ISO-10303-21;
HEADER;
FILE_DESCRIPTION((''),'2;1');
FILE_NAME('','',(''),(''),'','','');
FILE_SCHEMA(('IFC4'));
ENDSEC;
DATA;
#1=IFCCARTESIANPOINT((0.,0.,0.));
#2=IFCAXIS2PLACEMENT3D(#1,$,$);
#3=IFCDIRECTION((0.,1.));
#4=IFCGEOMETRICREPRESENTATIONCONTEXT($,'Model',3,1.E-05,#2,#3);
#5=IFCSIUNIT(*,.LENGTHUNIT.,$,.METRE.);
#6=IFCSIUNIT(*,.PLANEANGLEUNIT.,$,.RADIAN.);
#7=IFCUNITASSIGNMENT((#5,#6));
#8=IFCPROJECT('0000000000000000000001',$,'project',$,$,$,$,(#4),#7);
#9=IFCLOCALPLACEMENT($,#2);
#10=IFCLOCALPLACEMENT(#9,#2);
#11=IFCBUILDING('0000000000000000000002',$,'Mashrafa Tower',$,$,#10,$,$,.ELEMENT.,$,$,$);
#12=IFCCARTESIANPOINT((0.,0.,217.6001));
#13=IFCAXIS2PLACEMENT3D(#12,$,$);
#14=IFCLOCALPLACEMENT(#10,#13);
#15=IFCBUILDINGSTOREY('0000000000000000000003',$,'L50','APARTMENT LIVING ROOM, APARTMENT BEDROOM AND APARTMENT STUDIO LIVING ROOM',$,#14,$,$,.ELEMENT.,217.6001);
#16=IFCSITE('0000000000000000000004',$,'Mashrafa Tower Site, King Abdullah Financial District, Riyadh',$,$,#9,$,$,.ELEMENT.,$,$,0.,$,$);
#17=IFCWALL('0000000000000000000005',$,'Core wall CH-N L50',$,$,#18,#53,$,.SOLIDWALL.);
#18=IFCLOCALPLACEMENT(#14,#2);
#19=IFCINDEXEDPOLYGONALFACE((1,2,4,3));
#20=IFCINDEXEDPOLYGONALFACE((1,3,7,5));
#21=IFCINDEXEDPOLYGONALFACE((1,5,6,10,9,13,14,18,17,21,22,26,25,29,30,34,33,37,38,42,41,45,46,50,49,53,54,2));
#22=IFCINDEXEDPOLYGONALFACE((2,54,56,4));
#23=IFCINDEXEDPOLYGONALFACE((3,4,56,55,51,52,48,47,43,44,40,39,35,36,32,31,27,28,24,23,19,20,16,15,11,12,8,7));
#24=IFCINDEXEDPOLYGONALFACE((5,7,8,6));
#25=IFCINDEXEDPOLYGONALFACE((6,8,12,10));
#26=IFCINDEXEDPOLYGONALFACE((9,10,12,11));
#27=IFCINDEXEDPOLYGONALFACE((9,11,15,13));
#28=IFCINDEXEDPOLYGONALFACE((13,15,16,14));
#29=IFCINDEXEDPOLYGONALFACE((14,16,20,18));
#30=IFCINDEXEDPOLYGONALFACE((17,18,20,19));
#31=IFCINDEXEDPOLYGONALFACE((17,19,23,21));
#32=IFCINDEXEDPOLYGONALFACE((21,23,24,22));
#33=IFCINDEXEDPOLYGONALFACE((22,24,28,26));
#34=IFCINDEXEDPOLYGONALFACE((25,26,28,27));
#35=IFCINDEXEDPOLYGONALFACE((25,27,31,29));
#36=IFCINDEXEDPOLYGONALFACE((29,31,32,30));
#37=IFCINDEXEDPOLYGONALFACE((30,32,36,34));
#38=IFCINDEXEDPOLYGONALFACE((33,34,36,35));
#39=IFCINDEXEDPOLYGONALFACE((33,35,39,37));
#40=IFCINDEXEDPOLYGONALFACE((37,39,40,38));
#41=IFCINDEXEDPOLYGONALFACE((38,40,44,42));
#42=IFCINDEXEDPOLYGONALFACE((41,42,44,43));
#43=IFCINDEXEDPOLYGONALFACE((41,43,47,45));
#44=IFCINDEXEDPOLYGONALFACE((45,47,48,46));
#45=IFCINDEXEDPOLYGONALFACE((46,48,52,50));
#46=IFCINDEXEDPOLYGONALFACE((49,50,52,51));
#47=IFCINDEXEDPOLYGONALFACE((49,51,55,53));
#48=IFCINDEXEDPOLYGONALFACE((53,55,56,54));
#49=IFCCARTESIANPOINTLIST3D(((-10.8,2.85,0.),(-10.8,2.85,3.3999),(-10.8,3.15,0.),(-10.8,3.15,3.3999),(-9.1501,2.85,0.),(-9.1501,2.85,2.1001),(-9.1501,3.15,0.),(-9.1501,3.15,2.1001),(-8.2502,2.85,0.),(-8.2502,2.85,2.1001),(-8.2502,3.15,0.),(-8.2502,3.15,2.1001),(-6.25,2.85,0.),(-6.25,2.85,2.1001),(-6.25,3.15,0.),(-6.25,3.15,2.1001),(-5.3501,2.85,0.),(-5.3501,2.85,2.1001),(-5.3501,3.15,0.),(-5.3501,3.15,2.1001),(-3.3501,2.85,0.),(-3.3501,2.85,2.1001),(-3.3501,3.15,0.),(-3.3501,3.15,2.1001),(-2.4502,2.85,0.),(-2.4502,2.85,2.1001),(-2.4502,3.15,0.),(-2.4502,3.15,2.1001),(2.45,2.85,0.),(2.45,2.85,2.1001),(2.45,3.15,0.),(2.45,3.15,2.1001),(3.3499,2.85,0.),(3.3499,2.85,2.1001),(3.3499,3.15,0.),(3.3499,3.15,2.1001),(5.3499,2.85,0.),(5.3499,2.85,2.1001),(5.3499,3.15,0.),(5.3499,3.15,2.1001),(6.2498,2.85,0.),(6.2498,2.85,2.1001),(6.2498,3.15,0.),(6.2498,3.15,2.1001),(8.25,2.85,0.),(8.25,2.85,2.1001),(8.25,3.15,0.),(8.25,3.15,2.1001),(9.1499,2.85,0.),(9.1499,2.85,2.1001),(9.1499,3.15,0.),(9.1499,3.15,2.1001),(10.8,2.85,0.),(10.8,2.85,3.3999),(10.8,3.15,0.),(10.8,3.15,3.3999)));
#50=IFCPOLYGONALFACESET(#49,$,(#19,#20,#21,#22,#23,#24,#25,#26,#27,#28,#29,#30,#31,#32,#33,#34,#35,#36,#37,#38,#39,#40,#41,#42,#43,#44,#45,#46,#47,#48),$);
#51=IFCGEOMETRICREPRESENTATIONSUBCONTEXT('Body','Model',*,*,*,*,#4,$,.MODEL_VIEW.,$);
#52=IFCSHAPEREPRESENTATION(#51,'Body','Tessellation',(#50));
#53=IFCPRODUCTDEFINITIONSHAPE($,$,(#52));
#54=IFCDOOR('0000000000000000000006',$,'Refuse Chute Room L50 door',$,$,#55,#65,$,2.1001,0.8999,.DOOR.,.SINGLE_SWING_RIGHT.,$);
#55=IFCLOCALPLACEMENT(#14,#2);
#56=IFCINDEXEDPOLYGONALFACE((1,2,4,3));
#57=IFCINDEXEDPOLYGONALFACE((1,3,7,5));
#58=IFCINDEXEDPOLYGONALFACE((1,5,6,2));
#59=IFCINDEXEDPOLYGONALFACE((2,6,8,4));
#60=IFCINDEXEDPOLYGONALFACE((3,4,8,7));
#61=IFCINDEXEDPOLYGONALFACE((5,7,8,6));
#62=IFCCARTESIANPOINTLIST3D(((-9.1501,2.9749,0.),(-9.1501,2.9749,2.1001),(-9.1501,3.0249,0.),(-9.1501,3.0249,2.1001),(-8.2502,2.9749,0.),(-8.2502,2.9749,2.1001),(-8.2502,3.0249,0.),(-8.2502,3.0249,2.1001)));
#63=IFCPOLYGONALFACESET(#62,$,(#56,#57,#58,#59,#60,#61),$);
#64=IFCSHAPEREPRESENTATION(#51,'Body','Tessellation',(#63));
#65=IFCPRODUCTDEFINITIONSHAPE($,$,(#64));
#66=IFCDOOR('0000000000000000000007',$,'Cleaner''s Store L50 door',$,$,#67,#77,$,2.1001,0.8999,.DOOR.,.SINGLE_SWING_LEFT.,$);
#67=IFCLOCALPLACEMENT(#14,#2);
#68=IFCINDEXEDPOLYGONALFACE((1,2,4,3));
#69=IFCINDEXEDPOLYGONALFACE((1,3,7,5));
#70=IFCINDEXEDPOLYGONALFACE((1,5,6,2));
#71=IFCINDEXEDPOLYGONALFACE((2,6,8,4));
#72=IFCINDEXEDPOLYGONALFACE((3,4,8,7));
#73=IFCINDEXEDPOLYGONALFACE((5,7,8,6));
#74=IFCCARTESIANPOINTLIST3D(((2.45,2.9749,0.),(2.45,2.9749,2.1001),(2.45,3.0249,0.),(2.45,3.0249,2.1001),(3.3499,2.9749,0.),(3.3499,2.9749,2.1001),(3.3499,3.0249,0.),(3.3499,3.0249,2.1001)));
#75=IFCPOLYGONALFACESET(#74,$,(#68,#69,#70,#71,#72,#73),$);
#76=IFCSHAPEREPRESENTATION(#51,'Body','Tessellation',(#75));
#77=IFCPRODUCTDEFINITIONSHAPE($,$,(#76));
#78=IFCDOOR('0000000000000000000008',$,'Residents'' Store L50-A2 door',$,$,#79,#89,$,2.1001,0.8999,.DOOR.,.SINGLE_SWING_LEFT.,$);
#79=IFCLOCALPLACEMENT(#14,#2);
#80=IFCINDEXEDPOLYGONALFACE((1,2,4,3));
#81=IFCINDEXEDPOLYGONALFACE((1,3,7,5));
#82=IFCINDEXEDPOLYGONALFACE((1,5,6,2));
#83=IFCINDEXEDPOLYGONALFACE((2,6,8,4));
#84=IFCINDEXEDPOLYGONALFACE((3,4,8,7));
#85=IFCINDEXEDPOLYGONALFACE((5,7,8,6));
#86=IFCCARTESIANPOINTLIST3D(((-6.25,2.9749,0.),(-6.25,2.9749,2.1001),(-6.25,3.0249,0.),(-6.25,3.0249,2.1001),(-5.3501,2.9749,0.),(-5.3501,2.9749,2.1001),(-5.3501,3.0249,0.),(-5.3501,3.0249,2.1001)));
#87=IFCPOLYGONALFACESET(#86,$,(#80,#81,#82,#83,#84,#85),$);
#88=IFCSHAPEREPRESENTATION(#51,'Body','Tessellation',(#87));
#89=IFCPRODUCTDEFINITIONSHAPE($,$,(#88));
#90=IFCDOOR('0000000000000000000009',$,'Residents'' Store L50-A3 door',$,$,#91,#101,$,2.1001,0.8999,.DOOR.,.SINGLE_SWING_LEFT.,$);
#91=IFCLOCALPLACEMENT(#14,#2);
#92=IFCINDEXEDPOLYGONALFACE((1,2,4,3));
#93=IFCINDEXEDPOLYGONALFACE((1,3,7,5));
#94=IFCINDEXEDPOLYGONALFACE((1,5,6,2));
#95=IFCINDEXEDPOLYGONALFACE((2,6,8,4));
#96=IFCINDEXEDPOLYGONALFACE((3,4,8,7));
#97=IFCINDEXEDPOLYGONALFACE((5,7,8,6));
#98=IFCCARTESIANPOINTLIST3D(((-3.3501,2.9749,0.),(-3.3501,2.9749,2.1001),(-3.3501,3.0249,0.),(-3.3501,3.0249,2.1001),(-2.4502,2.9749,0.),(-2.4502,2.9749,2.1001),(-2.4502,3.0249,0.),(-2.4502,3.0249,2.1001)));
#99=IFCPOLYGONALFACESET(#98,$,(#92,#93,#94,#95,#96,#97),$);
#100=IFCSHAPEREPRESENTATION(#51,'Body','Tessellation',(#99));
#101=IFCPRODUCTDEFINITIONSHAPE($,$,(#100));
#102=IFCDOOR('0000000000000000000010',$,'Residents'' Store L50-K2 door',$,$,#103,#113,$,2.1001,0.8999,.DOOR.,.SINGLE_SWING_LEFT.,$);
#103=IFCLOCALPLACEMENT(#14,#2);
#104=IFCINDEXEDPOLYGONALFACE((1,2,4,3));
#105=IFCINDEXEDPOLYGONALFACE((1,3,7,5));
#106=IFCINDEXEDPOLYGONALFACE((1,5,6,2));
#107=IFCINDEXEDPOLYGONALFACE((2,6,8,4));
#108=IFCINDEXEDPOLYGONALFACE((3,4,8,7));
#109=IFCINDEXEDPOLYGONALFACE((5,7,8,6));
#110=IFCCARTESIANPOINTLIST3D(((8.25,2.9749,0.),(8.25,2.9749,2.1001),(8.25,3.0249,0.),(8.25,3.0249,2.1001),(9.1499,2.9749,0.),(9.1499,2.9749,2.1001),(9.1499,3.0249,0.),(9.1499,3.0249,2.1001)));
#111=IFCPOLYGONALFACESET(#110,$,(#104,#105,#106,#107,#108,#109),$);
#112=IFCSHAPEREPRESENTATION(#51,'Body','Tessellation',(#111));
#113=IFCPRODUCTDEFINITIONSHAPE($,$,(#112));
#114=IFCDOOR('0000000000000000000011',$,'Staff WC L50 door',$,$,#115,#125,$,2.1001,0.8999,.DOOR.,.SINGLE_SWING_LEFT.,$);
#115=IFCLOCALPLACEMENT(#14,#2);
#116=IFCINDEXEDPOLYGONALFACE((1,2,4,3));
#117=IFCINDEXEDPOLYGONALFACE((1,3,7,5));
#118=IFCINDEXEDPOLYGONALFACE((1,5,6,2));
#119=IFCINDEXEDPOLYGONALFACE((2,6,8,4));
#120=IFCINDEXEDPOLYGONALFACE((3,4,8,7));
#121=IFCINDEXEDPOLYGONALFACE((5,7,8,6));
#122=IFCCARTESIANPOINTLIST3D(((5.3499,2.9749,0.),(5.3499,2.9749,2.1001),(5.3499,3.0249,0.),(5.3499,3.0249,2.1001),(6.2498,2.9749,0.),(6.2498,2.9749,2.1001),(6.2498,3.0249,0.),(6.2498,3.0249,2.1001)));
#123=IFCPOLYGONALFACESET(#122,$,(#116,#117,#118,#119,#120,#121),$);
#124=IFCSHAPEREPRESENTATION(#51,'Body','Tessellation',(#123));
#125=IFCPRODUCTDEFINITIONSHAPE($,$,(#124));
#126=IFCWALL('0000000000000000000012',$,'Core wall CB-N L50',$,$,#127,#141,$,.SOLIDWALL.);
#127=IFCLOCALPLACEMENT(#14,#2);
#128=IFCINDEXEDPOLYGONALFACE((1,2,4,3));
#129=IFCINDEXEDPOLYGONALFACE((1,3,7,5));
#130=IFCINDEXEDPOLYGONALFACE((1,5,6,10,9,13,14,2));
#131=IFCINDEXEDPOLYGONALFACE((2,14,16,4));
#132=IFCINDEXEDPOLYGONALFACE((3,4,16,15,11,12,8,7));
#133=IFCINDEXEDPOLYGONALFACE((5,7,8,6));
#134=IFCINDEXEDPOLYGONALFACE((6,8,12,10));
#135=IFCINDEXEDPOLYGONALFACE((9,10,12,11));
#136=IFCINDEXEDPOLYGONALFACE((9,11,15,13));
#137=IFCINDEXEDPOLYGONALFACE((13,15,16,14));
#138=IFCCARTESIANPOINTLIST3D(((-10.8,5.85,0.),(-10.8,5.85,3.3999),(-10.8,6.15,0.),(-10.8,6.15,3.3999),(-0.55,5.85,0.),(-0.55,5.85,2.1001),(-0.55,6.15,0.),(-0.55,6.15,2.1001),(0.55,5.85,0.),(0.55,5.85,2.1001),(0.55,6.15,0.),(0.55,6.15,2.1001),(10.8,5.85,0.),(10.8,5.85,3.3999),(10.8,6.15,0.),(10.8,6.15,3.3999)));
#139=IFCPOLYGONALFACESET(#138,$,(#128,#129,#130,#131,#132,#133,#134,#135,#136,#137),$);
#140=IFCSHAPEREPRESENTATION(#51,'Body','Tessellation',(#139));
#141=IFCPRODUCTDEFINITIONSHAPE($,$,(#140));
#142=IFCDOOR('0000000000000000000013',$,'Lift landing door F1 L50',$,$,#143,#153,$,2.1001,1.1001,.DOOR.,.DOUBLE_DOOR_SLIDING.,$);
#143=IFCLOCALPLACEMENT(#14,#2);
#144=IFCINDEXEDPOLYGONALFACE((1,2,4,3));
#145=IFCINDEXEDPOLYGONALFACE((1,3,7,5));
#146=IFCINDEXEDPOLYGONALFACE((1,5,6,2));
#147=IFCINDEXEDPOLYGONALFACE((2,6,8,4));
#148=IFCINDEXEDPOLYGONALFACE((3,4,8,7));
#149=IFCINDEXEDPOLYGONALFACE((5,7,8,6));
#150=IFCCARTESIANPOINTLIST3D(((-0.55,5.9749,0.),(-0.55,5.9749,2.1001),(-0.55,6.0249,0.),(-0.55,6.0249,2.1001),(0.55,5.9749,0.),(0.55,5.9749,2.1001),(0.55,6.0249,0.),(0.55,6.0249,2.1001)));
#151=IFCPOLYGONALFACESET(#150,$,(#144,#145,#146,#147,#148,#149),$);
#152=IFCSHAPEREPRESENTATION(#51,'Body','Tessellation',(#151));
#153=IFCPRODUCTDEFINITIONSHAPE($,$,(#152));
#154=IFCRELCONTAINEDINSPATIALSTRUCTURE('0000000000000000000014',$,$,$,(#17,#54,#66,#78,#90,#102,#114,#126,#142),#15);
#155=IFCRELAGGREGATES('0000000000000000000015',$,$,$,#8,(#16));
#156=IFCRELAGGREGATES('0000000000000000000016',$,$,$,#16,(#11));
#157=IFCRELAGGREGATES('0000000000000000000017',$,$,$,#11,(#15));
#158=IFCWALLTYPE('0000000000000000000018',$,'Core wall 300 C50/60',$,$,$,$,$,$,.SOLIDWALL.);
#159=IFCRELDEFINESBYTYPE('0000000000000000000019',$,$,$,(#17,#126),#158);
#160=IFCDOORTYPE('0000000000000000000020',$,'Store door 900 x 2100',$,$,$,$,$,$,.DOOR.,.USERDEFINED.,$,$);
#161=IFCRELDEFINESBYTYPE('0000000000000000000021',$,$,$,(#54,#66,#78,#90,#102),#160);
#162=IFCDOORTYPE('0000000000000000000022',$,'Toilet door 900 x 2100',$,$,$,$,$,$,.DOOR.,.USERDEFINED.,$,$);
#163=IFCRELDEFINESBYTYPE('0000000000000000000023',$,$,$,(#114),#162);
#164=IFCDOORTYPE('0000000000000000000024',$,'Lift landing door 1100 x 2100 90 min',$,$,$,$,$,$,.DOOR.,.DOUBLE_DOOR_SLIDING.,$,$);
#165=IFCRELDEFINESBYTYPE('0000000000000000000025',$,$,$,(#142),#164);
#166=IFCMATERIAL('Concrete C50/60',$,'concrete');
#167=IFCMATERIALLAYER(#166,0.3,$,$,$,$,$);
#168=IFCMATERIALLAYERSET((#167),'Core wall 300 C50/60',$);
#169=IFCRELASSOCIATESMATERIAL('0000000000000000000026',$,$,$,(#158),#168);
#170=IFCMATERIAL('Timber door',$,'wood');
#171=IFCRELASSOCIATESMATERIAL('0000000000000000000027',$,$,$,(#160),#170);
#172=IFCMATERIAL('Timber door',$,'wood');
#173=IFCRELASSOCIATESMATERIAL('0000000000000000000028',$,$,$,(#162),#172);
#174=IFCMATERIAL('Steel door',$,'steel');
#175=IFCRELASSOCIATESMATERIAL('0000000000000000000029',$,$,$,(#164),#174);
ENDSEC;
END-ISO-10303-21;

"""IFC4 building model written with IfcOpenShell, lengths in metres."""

from ifc_helpers import new_model, si_unit, direction, frame, frame_2d, origin, place, context, subcontext, project, spatial, rectangle, extrude, material, layer, layer_set, type_object, element, fill, save


model = new_model("IFC4")

# Units and contexts
model_context = context("Model", 3, precision=1e-05, world=origin(), true_north=direction((0.0, 1.0)))
body_context = subcontext(model_context, "Body", "Model", "MODEL_VIEW")
ifc_project = project(units=[si_unit("LENGTHUNIT", "METRE"), si_unit("PLANEANGLEUNIT", "RADIAN")], contexts=[model_context])

# Site, building, storey
site_placement = place(None, origin())
site = spatial("IfcSite", under=ifc_project, at=site_placement, Name="Mashrafa Tower Site, King Abdullah Financial District, Riyadh", CompositionType="ELEMENT", RefElevation=0.0)
building_placement = place(site_placement, origin())
building = spatial("IfcBuilding", under=site, at=building_placement, Name="Mashrafa Tower", CompositionType="ELEMENT")
storey_placement = place(building_placement, frame((0.0, 0.0, 217.6001)))
storey = spatial("IfcBuildingStorey", under=building, at=storey_placement, Name="L50", Description="APARTMENT LIVING ROOM, APARTMENT BEDROOM AND APARTMENT STUDIO LIVING ROOM", CompositionType="ELEMENT", Elevation=217.6001)

# Wall, openings, doors
ifc_material_1 = material(Name="Concrete C50/60", Category="concrete")
ifc_layer_1 = layer(ifc_material_1, 0.3)
ifc_layer_set_1 = layer_set([ifc_layer_1], Name="Core wall 300 C50/60")
wall_type_1 = type_object("IfcWallType", Name="Core wall 300 C50/60", PredefinedType="SOLIDWALL", material=ifc_layer_set_1)
wall_1_placement = place(storey_placement, frame((-10.8, 3.0, 0.0), z_axis=(0.0, 0.0, 1.0), x_axis=(1.0, 0.0, 0.0)))
wall_1 = element("IfcWall", 1, at=wall_1_placement, inside=storey, type_object=wall_type_1, Name="Core wall CH-N L50", PredefinedType="SOLIDWALL", context=body_context, shape_type="SweptSolid", body=[
    extrude(rectangle(XDim=21.6001, YDim=0.3, at=frame_2d((10.8, 0.0))), origin(), (0.0, 0.0, 1.0), 3.3999),
])
opening_1_placement = place(wall_1_placement, frame((1.6499, 0.0, 0.0)))
opening_1 = element("IfcOpeningElement", 2, at=opening_1_placement, cuts=wall_1, PredefinedType="OPENING", context=body_context, shape_type="SweptSolid", body=[
    extrude(rectangle(XDim=0.8999, YDim=2.1001, at=frame_2d((0.45, 1.05))), frame((0.0, 0.1599, 0.0), z_axis=(0.0, -1.0, 0.0), x_axis=(1.0, 0.0, 0.0)), (0.0, 0.0, 1.0), 0.3201),
])
opening_2_placement = place(wall_1_placement, frame((13.25, 0.0, 0.0)))
opening_2 = element("IfcOpeningElement", 3, at=opening_2_placement, cuts=wall_1, PredefinedType="OPENING", context=body_context, shape_type="SweptSolid", body=[
    extrude(rectangle(XDim=0.8999, YDim=2.1001, at=frame_2d((0.45, 1.05))), frame((0.0, 0.1599, 0.0), z_axis=(0.0, -1.0, 0.0), x_axis=(1.0, 0.0, 0.0)), (0.0, 0.0, 1.0), 0.3201),
])
opening_3_placement = place(wall_1_placement, frame((16.1499, 0.0, 0.0)))
opening_3 = element("IfcOpeningElement", 4, at=opening_3_placement, cuts=wall_1, PredefinedType="OPENING", context=body_context, shape_type="SweptSolid", body=[
    extrude(rectangle(XDim=0.8999, YDim=2.1001, at=frame_2d((0.45, 1.05))), frame((0.0, 0.1599, 0.0), z_axis=(0.0, -1.0, 0.0), x_axis=(1.0, 0.0, 0.0)), (0.0, 0.0, 1.0), 0.3201),
])
opening_4_placement = place(wall_1_placement, frame((4.55, 0.0, 0.0)))
opening_4 = element("IfcOpeningElement", 5, at=opening_4_placement, cuts=wall_1, PredefinedType="OPENING", context=body_context, shape_type="SweptSolid", body=[
    extrude(rectangle(XDim=0.8999, YDim=2.1001, at=frame_2d((0.45, 1.05))), frame((0.0, 0.1599, 0.0), z_axis=(0.0, -1.0, 0.0), x_axis=(1.0, 0.0, 0.0)), (0.0, 0.0, 1.0), 0.3201),
])
opening_5_placement = place(wall_1_placement, frame((7.45, 0.0, 0.0)))
opening_5 = element("IfcOpeningElement", 6, at=opening_5_placement, cuts=wall_1, PredefinedType="OPENING", context=body_context, shape_type="SweptSolid", body=[
    extrude(rectangle(XDim=0.8999, YDim=2.1001, at=frame_2d((0.45, 1.05))), frame((0.0, 0.1599, 0.0), z_axis=(0.0, -1.0, 0.0), x_axis=(1.0, 0.0, 0.0)), (0.0, 0.0, 1.0), 0.3201),
])
opening_6_placement = place(wall_1_placement, frame((19.05, 0.0, 0.0)))
opening_6 = element("IfcOpeningElement", 7, at=opening_6_placement, cuts=wall_1, PredefinedType="OPENING", context=body_context, shape_type="SweptSolid", body=[
    extrude(rectangle(XDim=0.8999, YDim=2.1001, at=frame_2d((0.45, 1.05))), frame((0.0, 0.1599, 0.0), z_axis=(0.0, -1.0, 0.0), x_axis=(1.0, 0.0, 0.0)), (0.0, 0.0, 1.0), 0.3201),
])
ifc_material_2 = material(Name="Timber door", Category="wood")
door_type_1 = type_object("IfcDoorType", Name="Store door 900 x 2100", OperationType="USERDEFINED", PredefinedType="DOOR", material=ifc_material_2)
door_1_placement = place(opening_1_placement, origin())
door_1 = element("IfcDoor", 8, at=door_1_placement, inside=storey, type_object=door_type_1, Name="Refuse Chute Room L50 door", OperationType="SINGLE_SWING_RIGHT", OverallHeight=2.1001, OverallWidth=0.8999, PredefinedType="DOOR", context=body_context, shape_type="SweptSolid", body=[
    extrude(rectangle(XDim=0.8999, YDim=2.1001, at=frame_2d((0.45, 1.05))), frame((0.0, 0.0249, 0.0), z_axis=(0.0, -1.0, 0.0), x_axis=(1.0, 0.0, 0.0)), (0.0, 0.0, 1.0), 0.05),
])
fill(opening_1, door_1)
door_2_placement = place(opening_2_placement, origin())
door_2 = element("IfcDoor", 9, at=door_2_placement, inside=storey, type_object=door_type_1, Name="Cleaner's Store L50 door", OperationType="SINGLE_SWING_LEFT", OverallHeight=2.1001, OverallWidth=0.8999, PredefinedType="DOOR", context=body_context, shape_type="SweptSolid", body=[
    extrude(rectangle(XDim=0.8999, YDim=2.1001, at=frame_2d((0.45, 1.05))), frame((0.0, 0.0249, 0.0), z_axis=(0.0, -1.0, 0.0), x_axis=(1.0, 0.0, 0.0)), (0.0, 0.0, 1.0), 0.05),
])
fill(opening_2, door_2)
door_3_placement = place(opening_4_placement, origin())
door_3 = element("IfcDoor", 10, at=door_3_placement, inside=storey, type_object=door_type_1, Name="Residents' Store L50-A2 door", OperationType="SINGLE_SWING_LEFT", OverallHeight=2.1001, OverallWidth=0.8999, PredefinedType="DOOR", context=body_context, shape_type="SweptSolid", body=[
    extrude(rectangle(XDim=0.8999, YDim=2.1001, at=frame_2d((0.45, 1.05))), frame((0.0, 0.0249, 0.0), z_axis=(0.0, -1.0, 0.0), x_axis=(1.0, 0.0, 0.0)), (0.0, 0.0, 1.0), 0.05),
])
fill(opening_4, door_3)
door_4_placement = place(opening_5_placement, origin())
door_4 = element("IfcDoor", 11, at=door_4_placement, inside=storey, type_object=door_type_1, Name="Residents' Store L50-A3 door", OperationType="SINGLE_SWING_LEFT", OverallHeight=2.1001, OverallWidth=0.8999, PredefinedType="DOOR", context=body_context, shape_type="SweptSolid", body=[
    extrude(rectangle(XDim=0.8999, YDim=2.1001, at=frame_2d((0.45, 1.05))), frame((0.0, 0.0249, 0.0), z_axis=(0.0, -1.0, 0.0), x_axis=(1.0, 0.0, 0.0)), (0.0, 0.0, 1.0), 0.05),
])
fill(opening_5, door_4)
door_5_placement = place(opening_6_placement, origin())
door_5 = element("IfcDoor", 12, at=door_5_placement, inside=storey, type_object=door_type_1, Name="Residents' Store L50-K2 door", OperationType="SINGLE_SWING_LEFT", OverallHeight=2.1001, OverallWidth=0.8999, PredefinedType="DOOR", context=body_context, shape_type="SweptSolid", body=[
    extrude(rectangle(XDim=0.8999, YDim=2.1001, at=frame_2d((0.45, 1.05))), frame((0.0, 0.0249, 0.0), z_axis=(0.0, -1.0, 0.0), x_axis=(1.0, 0.0, 0.0)), (0.0, 0.0, 1.0), 0.05),
])
fill(opening_6, door_5)
ifc_material_3 = material(Name="Timber door", Category="wood")
door_type_2 = type_object("IfcDoorType", Name="Toilet door 900 x 2100", OperationType="USERDEFINED", PredefinedType="DOOR", material=ifc_material_3)
door_6_placement = place(opening_3_placement, origin())
door_6 = element("IfcDoor", 13, at=door_6_placement, inside=storey, type_object=door_type_2, Name="Staff WC L50 door", OperationType="SINGLE_SWING_LEFT", OverallHeight=2.1001, OverallWidth=0.8999, PredefinedType="DOOR", context=body_context, shape_type="SweptSolid", body=[
    extrude(rectangle(XDim=0.8999, YDim=2.1001, at=frame_2d((0.45, 1.05))), frame((0.0, 0.0249, 0.0), z_axis=(0.0, -1.0, 0.0), x_axis=(1.0, 0.0, 0.0)), (0.0, 0.0, 1.0), 0.05),
])
fill(opening_3, door_6)

# Wall, opening, door
wall_2_placement = place(storey_placement, frame((-10.8, 6.0, 0.0), z_axis=(0.0, 0.0, 1.0), x_axis=(1.0, 0.0, 0.0)))
wall_2 = element("IfcWall", 14, at=wall_2_placement, inside=storey, type_object=wall_type_1, Name="Core wall CB-N L50", PredefinedType="SOLIDWALL", context=body_context, shape_type="SweptSolid", body=[
    extrude(rectangle(XDim=21.6001, YDim=0.3, at=frame_2d((10.8, 0.0))), origin(), (0.0, 0.0, 1.0), 3.3999),
])
opening_7_placement = place(wall_2_placement, frame((10.25, 0.0, 0.0)))
opening_7 = element("IfcOpeningElement", 15, at=opening_7_placement, cuts=wall_2, PredefinedType="OPENING", context=body_context, shape_type="SweptSolid", body=[
    extrude(rectangle(XDim=1.1001, YDim=2.1001, at=frame_2d((0.55, 1.05))), frame((0.0, 0.1599, 0.0), z_axis=(0.0, -1.0, 0.0), x_axis=(1.0, 0.0, 0.0)), (0.0, 0.0, 1.0), 0.3201),
])
ifc_material_4 = material(Name="Steel door", Category="steel")
door_type_3 = type_object("IfcDoorType", Name="Lift landing door 1100 x 2100 90 min", OperationType="DOUBLE_DOOR_SLIDING", PredefinedType="DOOR", material=ifc_material_4)
door_7_placement = place(opening_7_placement, origin())
door_7 = element("IfcDoor", 16, at=door_7_placement, inside=storey, type_object=door_type_3, Name="Lift landing door F1 L50", OperationType="DOUBLE_DOOR_SLIDING", OverallHeight=2.1001, OverallWidth=1.1001, PredefinedType="DOOR", context=body_context, shape_type="SweptSolid", body=[
    extrude(rectangle(XDim=1.1001, YDim=2.1001, at=frame_2d((0.55, 1.05))), frame((0.0, 0.0249, 0.0), z_axis=(0.0, -1.0, 0.0), x_axis=(1.0, 0.0, 0.0)), (0.0, 0.0, 1.0), 0.05),
])
fill(opening_7, door_7)

save(model, "model.ifc")
